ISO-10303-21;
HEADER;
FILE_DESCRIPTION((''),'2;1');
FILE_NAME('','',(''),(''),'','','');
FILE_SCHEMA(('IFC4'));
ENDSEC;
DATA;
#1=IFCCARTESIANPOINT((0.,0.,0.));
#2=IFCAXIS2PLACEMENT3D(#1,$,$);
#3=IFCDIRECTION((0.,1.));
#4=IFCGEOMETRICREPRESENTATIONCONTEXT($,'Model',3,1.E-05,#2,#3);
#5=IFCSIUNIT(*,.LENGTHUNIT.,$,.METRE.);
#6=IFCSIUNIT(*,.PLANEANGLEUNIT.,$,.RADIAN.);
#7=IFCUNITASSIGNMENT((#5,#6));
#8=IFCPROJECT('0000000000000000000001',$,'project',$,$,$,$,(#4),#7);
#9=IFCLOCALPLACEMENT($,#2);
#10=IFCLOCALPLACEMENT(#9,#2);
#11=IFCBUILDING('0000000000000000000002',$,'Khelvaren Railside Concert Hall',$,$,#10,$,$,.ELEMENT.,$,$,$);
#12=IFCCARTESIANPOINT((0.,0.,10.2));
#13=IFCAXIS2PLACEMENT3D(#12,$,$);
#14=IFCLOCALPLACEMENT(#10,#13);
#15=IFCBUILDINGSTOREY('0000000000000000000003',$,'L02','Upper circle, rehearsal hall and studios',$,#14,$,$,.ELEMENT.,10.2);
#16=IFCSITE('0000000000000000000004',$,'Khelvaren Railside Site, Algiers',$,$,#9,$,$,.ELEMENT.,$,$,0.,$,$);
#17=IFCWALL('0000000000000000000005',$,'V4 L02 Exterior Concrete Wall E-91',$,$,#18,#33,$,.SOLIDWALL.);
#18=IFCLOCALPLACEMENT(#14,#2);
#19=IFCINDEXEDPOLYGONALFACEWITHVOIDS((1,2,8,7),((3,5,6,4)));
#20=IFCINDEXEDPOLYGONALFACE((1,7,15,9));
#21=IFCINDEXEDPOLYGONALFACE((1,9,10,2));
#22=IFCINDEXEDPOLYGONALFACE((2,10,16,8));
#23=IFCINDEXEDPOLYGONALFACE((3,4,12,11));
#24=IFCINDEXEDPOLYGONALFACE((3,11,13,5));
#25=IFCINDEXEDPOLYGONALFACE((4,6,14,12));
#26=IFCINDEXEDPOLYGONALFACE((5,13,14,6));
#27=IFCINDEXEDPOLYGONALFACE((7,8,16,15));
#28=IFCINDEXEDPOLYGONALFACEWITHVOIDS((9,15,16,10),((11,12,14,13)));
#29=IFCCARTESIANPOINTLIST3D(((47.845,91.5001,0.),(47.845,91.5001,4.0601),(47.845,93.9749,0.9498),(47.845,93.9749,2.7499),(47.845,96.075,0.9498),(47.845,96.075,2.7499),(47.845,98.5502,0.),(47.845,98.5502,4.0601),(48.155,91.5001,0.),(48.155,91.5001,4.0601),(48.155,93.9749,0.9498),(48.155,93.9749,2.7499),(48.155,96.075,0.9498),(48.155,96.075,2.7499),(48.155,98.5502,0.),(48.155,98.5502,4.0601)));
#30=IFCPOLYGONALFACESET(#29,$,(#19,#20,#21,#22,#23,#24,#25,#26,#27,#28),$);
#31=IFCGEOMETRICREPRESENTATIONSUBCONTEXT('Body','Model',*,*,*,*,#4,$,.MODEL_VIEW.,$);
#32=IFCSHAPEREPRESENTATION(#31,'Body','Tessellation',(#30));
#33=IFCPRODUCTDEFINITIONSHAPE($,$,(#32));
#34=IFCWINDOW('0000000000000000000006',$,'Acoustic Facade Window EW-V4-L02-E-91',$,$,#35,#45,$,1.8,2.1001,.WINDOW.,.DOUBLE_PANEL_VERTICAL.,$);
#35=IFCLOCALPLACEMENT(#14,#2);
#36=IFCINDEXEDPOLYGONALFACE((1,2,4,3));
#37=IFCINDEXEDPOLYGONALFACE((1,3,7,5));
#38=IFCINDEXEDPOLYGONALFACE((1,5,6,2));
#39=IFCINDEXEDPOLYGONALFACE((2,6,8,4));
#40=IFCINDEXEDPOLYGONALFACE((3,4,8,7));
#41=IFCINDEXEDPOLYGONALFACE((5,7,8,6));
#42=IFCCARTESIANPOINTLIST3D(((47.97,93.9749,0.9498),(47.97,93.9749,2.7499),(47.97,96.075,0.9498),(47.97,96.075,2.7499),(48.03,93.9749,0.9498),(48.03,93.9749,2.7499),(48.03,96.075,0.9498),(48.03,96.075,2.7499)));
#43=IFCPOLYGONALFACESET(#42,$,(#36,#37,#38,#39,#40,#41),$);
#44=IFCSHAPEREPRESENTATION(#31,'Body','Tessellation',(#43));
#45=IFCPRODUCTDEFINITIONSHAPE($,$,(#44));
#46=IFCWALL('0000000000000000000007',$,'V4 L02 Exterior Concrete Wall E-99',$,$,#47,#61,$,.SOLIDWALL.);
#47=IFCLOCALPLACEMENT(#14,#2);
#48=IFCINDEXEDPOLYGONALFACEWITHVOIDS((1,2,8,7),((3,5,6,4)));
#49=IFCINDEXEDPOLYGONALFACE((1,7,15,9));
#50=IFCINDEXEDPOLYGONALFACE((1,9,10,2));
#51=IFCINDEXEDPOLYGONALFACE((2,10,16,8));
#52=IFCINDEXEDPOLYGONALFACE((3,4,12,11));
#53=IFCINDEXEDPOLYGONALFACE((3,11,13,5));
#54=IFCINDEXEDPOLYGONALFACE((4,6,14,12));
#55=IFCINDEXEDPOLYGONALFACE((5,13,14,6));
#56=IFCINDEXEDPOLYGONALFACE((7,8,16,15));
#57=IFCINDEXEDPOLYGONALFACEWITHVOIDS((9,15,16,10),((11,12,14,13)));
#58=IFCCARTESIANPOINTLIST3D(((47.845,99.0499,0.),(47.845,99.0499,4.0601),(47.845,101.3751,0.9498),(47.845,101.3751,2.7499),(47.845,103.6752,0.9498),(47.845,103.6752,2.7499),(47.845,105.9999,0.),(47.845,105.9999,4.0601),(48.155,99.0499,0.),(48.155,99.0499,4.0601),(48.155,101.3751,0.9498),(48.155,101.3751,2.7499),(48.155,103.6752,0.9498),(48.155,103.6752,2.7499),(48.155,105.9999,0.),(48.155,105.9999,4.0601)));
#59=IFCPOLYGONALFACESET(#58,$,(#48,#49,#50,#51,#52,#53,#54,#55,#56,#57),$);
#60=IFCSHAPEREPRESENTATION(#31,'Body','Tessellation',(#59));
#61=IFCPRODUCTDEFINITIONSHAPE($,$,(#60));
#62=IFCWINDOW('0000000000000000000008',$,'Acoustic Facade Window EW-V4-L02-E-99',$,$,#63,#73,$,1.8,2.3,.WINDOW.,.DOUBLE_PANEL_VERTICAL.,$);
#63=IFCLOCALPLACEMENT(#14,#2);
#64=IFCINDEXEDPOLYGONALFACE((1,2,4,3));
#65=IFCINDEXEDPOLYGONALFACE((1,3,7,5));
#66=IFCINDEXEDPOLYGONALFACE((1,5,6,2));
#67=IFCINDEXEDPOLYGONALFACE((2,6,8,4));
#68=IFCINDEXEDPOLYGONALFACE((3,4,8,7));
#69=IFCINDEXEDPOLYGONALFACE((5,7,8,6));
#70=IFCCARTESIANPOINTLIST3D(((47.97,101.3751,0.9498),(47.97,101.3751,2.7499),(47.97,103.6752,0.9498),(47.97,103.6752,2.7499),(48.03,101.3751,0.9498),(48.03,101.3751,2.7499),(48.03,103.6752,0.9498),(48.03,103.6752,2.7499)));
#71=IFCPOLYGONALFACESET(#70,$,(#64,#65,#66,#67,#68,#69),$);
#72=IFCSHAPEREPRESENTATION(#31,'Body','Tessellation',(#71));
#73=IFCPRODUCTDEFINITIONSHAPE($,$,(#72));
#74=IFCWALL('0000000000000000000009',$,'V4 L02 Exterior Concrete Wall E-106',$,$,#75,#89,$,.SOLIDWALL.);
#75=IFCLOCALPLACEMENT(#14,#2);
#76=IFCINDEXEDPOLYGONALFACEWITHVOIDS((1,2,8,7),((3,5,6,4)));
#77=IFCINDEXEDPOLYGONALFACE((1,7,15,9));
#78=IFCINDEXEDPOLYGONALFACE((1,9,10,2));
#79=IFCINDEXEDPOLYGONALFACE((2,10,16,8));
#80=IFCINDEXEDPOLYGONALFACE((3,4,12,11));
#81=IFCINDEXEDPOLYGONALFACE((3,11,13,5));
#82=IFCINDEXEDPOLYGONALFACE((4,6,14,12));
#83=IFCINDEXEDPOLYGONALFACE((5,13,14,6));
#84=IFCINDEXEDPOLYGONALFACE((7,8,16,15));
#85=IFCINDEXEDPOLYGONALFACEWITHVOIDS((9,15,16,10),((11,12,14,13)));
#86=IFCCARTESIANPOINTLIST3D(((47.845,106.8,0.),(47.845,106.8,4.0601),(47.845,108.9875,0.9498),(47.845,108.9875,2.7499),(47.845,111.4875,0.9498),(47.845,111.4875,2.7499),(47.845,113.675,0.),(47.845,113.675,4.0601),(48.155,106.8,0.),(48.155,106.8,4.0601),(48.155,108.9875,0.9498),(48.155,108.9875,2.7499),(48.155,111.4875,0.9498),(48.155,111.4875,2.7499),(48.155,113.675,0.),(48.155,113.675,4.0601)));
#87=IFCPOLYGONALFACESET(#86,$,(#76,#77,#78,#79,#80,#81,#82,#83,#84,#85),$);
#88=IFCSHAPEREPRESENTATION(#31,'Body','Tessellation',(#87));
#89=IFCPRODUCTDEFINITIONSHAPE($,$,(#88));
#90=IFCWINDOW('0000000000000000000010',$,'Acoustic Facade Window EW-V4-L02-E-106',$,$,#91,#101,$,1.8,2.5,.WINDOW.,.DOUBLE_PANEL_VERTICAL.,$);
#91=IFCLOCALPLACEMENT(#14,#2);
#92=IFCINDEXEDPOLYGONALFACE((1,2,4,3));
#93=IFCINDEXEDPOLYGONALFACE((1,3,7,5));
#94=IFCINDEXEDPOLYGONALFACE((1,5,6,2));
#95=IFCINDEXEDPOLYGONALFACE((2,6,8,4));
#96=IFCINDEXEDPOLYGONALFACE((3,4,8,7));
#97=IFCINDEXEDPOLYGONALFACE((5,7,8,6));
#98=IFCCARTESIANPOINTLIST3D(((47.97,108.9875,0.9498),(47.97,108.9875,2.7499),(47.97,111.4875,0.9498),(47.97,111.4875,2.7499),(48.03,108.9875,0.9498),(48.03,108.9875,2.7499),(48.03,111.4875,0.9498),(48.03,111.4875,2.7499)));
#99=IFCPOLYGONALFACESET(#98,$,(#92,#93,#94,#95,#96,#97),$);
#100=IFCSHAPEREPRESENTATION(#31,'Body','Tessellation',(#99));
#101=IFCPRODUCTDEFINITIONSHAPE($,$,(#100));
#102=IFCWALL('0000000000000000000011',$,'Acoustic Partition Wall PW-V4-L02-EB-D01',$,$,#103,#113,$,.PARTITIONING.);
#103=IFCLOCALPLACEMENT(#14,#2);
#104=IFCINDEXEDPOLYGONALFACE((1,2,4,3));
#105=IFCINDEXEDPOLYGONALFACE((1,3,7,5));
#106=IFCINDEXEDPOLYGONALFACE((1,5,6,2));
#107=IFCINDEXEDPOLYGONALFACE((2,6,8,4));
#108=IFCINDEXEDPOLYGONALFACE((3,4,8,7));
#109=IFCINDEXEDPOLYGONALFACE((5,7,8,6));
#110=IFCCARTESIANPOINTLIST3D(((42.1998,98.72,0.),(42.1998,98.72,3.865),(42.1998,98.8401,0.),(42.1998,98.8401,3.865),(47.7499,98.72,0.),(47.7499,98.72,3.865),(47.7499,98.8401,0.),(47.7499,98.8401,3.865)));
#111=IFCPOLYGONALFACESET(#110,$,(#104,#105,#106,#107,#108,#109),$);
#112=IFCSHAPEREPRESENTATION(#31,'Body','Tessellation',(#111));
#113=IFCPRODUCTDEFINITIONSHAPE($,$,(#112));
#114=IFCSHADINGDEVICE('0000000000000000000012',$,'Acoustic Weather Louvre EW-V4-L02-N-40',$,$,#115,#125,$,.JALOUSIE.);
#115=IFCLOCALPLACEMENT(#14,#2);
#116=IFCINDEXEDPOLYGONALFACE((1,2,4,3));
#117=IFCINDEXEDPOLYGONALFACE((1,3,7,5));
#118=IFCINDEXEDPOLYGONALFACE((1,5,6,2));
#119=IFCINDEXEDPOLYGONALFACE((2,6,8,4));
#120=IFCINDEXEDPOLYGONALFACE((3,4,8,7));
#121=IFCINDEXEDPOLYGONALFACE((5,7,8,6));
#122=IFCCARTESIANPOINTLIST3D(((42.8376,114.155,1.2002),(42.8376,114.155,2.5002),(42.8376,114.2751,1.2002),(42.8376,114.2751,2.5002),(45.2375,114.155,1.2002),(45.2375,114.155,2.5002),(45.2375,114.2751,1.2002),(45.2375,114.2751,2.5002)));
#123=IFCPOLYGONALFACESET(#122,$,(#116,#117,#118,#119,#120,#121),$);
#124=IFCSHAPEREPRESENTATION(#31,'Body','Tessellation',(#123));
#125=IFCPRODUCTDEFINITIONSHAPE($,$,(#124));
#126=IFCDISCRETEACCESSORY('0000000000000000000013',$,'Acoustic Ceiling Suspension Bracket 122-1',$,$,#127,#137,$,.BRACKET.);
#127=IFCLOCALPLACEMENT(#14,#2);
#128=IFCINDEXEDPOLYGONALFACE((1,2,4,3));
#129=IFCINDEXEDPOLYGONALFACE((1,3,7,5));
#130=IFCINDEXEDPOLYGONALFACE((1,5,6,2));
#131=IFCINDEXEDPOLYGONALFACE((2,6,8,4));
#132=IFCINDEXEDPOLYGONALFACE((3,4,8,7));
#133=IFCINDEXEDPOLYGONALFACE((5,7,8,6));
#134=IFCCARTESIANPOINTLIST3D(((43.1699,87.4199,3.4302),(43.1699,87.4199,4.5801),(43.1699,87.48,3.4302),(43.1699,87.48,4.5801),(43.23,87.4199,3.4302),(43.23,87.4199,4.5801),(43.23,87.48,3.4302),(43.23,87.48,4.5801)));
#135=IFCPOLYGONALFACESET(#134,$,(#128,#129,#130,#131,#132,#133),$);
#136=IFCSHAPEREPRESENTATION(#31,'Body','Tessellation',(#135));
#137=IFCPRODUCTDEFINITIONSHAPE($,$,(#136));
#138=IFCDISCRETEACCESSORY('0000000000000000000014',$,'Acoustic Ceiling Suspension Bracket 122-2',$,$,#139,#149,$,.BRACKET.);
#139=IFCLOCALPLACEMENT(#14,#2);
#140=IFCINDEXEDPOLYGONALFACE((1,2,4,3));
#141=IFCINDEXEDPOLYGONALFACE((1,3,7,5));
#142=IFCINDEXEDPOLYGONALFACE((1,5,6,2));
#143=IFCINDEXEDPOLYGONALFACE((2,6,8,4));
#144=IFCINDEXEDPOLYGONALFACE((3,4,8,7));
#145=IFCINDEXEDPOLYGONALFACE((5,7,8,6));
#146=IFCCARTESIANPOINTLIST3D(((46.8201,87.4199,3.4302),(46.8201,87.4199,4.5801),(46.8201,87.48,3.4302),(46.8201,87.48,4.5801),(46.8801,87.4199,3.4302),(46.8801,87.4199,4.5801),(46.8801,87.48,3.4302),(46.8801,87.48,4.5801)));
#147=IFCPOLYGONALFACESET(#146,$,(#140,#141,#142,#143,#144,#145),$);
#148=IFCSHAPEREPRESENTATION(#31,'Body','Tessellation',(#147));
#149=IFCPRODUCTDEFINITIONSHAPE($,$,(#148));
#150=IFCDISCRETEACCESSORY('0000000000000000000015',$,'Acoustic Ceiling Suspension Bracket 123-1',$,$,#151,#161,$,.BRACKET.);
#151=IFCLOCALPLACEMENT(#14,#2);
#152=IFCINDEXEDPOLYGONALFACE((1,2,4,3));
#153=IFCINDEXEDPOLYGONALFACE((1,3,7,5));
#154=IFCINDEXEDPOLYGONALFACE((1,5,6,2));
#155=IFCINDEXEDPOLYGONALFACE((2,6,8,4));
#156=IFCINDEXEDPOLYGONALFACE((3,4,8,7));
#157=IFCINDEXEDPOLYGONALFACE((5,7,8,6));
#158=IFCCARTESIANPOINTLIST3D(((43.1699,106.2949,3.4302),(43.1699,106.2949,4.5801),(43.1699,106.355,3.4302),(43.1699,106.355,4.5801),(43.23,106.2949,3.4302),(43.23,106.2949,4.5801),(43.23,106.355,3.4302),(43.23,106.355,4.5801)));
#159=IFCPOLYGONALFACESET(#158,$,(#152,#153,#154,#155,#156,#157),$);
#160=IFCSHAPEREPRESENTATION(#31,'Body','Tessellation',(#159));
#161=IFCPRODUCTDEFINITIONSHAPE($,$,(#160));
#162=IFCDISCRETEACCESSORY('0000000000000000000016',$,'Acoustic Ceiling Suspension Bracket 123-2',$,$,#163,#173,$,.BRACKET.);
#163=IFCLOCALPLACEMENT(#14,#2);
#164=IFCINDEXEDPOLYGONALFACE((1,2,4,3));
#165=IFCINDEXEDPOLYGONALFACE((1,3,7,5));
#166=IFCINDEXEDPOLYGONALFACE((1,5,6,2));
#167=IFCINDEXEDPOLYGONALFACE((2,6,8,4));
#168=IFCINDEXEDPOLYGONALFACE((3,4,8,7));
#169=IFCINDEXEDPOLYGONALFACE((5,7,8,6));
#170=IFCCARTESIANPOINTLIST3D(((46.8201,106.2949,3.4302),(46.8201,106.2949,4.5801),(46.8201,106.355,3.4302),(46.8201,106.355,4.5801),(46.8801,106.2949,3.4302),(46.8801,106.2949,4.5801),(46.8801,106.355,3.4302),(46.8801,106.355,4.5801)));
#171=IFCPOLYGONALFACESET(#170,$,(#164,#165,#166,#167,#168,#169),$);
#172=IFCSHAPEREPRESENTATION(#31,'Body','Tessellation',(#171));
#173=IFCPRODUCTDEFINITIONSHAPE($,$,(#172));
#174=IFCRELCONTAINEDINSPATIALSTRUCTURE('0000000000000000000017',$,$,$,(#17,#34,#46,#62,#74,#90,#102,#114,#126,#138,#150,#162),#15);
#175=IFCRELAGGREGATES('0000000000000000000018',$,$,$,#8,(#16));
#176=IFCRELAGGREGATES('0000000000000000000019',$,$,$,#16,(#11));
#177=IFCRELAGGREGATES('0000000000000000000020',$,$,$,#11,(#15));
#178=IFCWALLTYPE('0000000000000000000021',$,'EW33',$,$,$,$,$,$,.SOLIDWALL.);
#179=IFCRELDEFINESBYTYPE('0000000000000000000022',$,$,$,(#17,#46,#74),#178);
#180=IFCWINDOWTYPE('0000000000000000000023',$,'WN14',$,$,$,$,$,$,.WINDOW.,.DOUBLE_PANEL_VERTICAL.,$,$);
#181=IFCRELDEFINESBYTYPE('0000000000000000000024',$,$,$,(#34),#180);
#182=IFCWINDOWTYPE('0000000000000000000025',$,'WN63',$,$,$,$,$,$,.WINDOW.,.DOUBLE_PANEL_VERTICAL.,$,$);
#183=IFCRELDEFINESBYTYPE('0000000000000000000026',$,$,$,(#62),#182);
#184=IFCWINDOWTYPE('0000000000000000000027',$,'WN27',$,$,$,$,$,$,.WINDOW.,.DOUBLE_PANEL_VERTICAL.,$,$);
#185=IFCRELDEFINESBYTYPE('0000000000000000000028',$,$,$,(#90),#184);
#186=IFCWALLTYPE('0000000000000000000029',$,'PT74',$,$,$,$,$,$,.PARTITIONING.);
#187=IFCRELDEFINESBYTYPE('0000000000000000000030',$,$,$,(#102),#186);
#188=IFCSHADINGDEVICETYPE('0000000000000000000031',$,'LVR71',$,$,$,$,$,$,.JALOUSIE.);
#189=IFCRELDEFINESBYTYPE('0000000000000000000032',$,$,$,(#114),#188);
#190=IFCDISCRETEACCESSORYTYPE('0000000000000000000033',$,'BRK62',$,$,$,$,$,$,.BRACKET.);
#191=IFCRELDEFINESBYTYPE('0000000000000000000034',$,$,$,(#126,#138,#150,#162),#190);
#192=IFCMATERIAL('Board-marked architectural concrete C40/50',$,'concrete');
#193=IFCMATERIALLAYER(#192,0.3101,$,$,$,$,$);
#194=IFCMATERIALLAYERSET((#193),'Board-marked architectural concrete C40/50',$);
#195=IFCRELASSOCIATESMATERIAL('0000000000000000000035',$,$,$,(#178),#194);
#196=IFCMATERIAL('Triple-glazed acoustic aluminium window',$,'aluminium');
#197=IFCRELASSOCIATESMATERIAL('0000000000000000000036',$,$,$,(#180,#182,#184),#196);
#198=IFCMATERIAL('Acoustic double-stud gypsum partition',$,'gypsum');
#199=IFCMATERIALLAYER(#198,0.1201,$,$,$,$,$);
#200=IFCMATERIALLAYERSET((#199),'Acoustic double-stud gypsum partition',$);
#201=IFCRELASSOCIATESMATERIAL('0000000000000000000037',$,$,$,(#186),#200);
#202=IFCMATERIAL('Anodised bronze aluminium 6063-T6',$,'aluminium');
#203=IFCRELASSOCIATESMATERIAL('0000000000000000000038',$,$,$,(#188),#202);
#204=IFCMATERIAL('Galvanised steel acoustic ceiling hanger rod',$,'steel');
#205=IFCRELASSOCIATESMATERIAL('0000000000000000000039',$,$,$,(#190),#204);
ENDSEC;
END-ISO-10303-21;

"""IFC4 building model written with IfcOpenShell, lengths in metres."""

from ifc_helpers import new_model, si_unit, direction, frame, frame_2d, origin, origin_2d, place, context, subcontext, project, spatial, rectangle, extrude, material, layer, layer_set, type_object, element, fill, save


model = new_model("IFC4")

# Units and contexts
model_context = context("Model", 3, precision=1e-05, world=origin(), true_north=direction((0.0, 1.0)))
body_context = subcontext(model_context, "Body", "Model", "MODEL_VIEW")
ifc_project = project(units=[si_unit("LENGTHUNIT", "METRE"), si_unit("PLANEANGLEUNIT", "RADIAN")], contexts=[model_context])

# Site, building, storey
site_placement = place(None, origin())
site = spatial("IfcSite", under=ifc_project, at=site_placement, Name="Khelvaren Railside Site, Algiers", CompositionType="ELEMENT", RefElevation=0.0)
building_placement = place(site_placement, origin())
building = spatial("IfcBuilding", under=site, at=building_placement, Name="Khelvaren Railside Concert Hall", CompositionType="ELEMENT")
storey_placement = place(building_placement, frame((0.0, 0.0, 10.2)))
storey = spatial("IfcBuildingStorey", under=building, at=storey_placement, Name="L02", Description="Upper circle, rehearsal hall and studios", CompositionType="ELEMENT", Elevation=10.2)

# Shared definitions
ifc_material_1 = material(Name="Board-marked architectural concrete C40/50", Category="concrete")
ifc_layer_1 = layer(ifc_material_1, 0.3101)
ifc_layer_set_1 = layer_set([ifc_layer_1], Name="Board-marked architectural concrete C40/50")
wall_type_1 = type_object("IfcWallType", Name="EW33", PredefinedType="SOLIDWALL", material=ifc_layer_set_1)

# Walls, openings, windows
ifc_material_2 = material(Name="Triple-glazed acoustic aluminium window", Category="aluminium")
wall_1_placement = place(storey_placement, frame((48.0, 98.55, 0.0), z_axis=(0.0, 0.0, 1.0), x_axis=(0.0, -1.0, 0.0)))
wall_1 = element("IfcWall", 1, at=wall_1_placement, inside=storey, type_object=wall_type_1, Name="V4 L02 Exterior Concrete Wall E-91", PredefinedType="SOLIDWALL", context=body_context, shape_type="SweptSolid", body=[
    extrude(rectangle(XDim=7.05, YDim=0.3101, at=frame_2d((3.5249, 0.0))), origin(), (0.0, 0.0, 1.0), 4.0601),
])
opening_1_placement = place(wall_1_placement, frame((2.4751, 0.0, 0.95)))
opening_1 = element("IfcOpeningElement", 2, at=opening_1_placement, cuts=wall_1, PredefinedType="OPENING", context=body_context, shape_type="SweptSolid", body=[
    extrude(rectangle(XDim=2.1001, YDim=1.8, at=frame_2d((1.05, 0.8999))), frame((0.0, 0.165, 0.0), z_axis=(0.0, -1.0, 0.0), x_axis=(1.0, 0.0, 0.0)), (0.0, 0.0, 1.0), 0.3301),
])
window_type_1 = type_object("IfcWindowType", Name="WN14", PartitioningType="DOUBLE_PANEL_VERTICAL", PredefinedType="WINDOW", material=ifc_material_2)
window_1_placement = place(opening_1_placement, origin())
window_1 = element("IfcWindow", 3, at=window_1_placement, inside=storey, type_object=window_type_1, Name="Acoustic Facade Window EW-V4-L02-E-91", OverallHeight=1.8, OverallWidth=2.1001, PartitioningType="DOUBLE_PANEL_VERTICAL", PredefinedType="WINDOW", context=body_context, shape_type="SweptSolid", body=[
    extrude(rectangle(XDim=2.1001, YDim=1.8, at=frame_2d((1.05, 0.8999))), frame((0.0, 0.03, 0.0), z_axis=(0.0, -1.0, 0.0), x_axis=(1.0, 0.0, 0.0)), (0.0, 0.0, 1.0), 0.0601),
])
fill(opening_1, window_1)
wall_2_placement = place(storey_placement, frame((48.0, 106.0, 0.0), z_axis=(0.0, 0.0, 1.0), x_axis=(0.0, -1.0, 0.0)))
wall_2 = element("IfcWall", 4, at=wall_2_placement, inside=storey, type_object=wall_type_1, Name="V4 L02 Exterior Concrete Wall E-99", PredefinedType="SOLIDWALL", context=body_context, shape_type="SweptSolid", body=[
    extrude(rectangle(XDim=6.95, YDim=0.3101, at=frame_2d((3.4751, 0.0))), origin(), (0.0, 0.0, 1.0), 4.0601),
])
opening_2_placement = place(wall_2_placement, frame((2.325, 0.0, 0.95)))
opening_2 = element("IfcOpeningElement", 5, at=opening_2_placement, cuts=wall_2, PredefinedType="OPENING", context=body_context, shape_type="SweptSolid", body=[
    extrude(rectangle(XDim=2.3, YDim=1.8, at=frame_2d((1.1499, 0.8999))), frame((0.0, 0.165, 0.0), z_axis=(0.0, -1.0, 0.0), x_axis=(1.0, 0.0, 0.0)), (0.0, 0.0, 1.0), 0.3301),
])
window_type_2 = type_object("IfcWindowType", Name="WN63", PartitioningType="DOUBLE_PANEL_VERTICAL", PredefinedType="WINDOW", material=ifc_material_2)
window_2_placement = place(opening_2_placement, origin())
window_2 = element("IfcWindow", 6, at=window_2_placement, inside=storey, type_object=window_type_2, Name="Acoustic Facade Window EW-V4-L02-E-99", OverallHeight=1.8, OverallWidth=2.3, PartitioningType="DOUBLE_PANEL_VERTICAL", PredefinedType="WINDOW", context=body_context, shape_type="SweptSolid", body=[
    extrude(rectangle(XDim=2.3, YDim=1.8, at=frame_2d((1.1499, 0.8999))), frame((0.0, 0.03, 0.0), z_axis=(0.0, -1.0, 0.0), x_axis=(1.0, 0.0, 0.0)), (0.0, 0.0, 1.0), 0.0601),
])
fill(opening_2, window_2)
wall_3_placement = place(storey_placement, frame((48.0, 113.675, 0.0), z_axis=(0.0, 0.0, 1.0), x_axis=(0.0, -1.0, 0.0)))
wall_3 = element("IfcWall", 7, at=wall_3_placement, inside=storey, type_object=wall_type_1, Name="V4 L02 Exterior Concrete Wall E-106", PredefinedType="SOLIDWALL", context=body_context, shape_type="SweptSolid", body=[
    extrude(rectangle(XDim=6.875, YDim=0.3101, at=frame_2d((3.4375, 0.0))), origin(), (0.0, 0.0, 1.0), 4.0601),
])
opening_3_placement = place(wall_3_placement, frame((2.1875, 0.0, 0.95)))
opening_3 = element("IfcOpeningElement", 8, at=opening_3_placement, cuts=wall_3, PredefinedType="OPENING", context=body_context, shape_type="SweptSolid", body=[
    extrude(rectangle(XDim=2.5, YDim=1.8, at=frame_2d((1.25, 0.8999))), frame((0.0, 0.165, 0.0), z_axis=(0.0, -1.0, 0.0), x_axis=(1.0, 0.0, 0.0)), (0.0, 0.0, 1.0), 0.3301),
])
window_type_3 = type_object("IfcWindowType", Name="WN27", PartitioningType="DOUBLE_PANEL_VERTICAL", PredefinedType="WINDOW", material=ifc_material_2)
window_3_placement = place(opening_3_placement, origin())
window_3 = element("IfcWindow", 9, at=window_3_placement, inside=storey, type_object=window_type_3, Name="Acoustic Facade Window EW-V4-L02-E-106", OverallHeight=1.8, OverallWidth=2.5, PartitioningType="DOUBLE_PANEL_VERTICAL", PredefinedType="WINDOW", context=body_context, shape_type="SweptSolid", body=[
    extrude(rectangle(XDim=2.5, YDim=1.8, at=frame_2d((1.25, 0.8999))), frame((0.0, 0.03, 0.0), z_axis=(0.0, -1.0, 0.0), x_axis=(1.0, 0.0, 0.0)), (0.0, 0.0, 1.0), 0.0601),
])
fill(opening_3, window_3)

# Wall
ifc_material_3 = material(Name="Acoustic double-stud gypsum partition", Category="gypsum")
ifc_layer_2 = layer(ifc_material_3, 0.1201)
ifc_layer_set_2 = layer_set([ifc_layer_2], Name="Acoustic double-stud gypsum partition")
wall_type_2 = type_object("IfcWallType", Name="PT74", PredefinedType="PARTITIONING", material=ifc_layer_set_2)
wall_4_placement = place(storey_placement, frame((42.2, 98.78, 0.0), z_axis=(0.0, 0.0, 1.0), x_axis=(1.0, 0.0, 0.0)))
element("IfcWall", 10, at=wall_4_placement, inside=storey, type_object=wall_type_2, Name="Acoustic Partition Wall PW-V4-L02-EB-D01", PredefinedType="PARTITIONING", context=body_context, shape_type="SweptSolid", body=[
    extrude(rectangle(XDim=5.55, YDim=0.1201, at=frame_2d((2.7749, 0.0))), origin(), (0.0, 0.0, 1.0), 3.865),
])

# Shading device
ifc_material_4 = material(Name="Anodised bronze aluminium 6063-T6", Category="aluminium")
shading_device_type = type_object("IfcShadingDeviceType", Name="LVR71", PredefinedType="JALOUSIE", material=ifc_material_4)
shading_device_placement = place(storey_placement, frame((44.0376, 114.2151, 1.2002), z_axis=(0.0, 0.0, 1.0), x_axis=(1.0, 0.0, 0.0)))
element("IfcShadingDevice", 11, at=shading_device_placement, inside=storey, type_object=shading_device_type, Name="Acoustic Weather Louvre EW-V4-L02-N-40", PredefinedType="JALOUSIE", context=body_context, shape_type="SweptSolid", body=[
    extrude(rectangle(XDim=2.3999, YDim=0.1201, at=origin_2d()), origin(), (0.0, 0.0, 1.0), 1.3),
])

# Discrete accessories
ifc_material_5 = material(Name="Galvanised steel acoustic ceiling hanger rod", Category="steel")
discrete_accessory_type_1 = type_object("IfcDiscreteAccessoryType", Name="BRK62", PredefinedType="BRACKET", material=ifc_material_5)
for number, where, z_axis, x_axis, name in (
    (12, (43.2, 87.45, 3.4302), (0.0, 0.0, 1.0), (1.0, 0.0, 0.0), "Acoustic Ceiling Suspension Bracket 122-1"),
    (13, (46.8501, 87.45, 3.4302), (0.0, 0.0, 1.0), (1.0, 0.0, 0.0), "Acoustic Ceiling Suspension Bracket 122-2"),
    (14, (43.2, 106.325, 3.4302), (0.0, 0.0, 1.0), (1.0, 0.0, 0.0), "Acoustic Ceiling Suspension Bracket 123-1"),
    (15, (46.8501, 106.325, 3.4302), (0.0, 0.0, 1.0), (1.0, 0.0, 0.0), "Acoustic Ceiling Suspension Bracket 123-2"),
):
    element("IfcDiscreteAccessory", number, at=place(storey_placement, frame(where, z_axis=z_axis, x_axis=x_axis)), inside=storey, type_object=discrete_accessory_type_1, Name=name, PredefinedType="BRACKET", context=body_context, shape_type="SweptSolid", body=[
        extrude(rectangle(XDim=0.0601, YDim=0.0601, at=origin_2d()), origin(), (0.0, 0.0, 1.0), 1.1499),
    ])

save(model, "model.ifc")
